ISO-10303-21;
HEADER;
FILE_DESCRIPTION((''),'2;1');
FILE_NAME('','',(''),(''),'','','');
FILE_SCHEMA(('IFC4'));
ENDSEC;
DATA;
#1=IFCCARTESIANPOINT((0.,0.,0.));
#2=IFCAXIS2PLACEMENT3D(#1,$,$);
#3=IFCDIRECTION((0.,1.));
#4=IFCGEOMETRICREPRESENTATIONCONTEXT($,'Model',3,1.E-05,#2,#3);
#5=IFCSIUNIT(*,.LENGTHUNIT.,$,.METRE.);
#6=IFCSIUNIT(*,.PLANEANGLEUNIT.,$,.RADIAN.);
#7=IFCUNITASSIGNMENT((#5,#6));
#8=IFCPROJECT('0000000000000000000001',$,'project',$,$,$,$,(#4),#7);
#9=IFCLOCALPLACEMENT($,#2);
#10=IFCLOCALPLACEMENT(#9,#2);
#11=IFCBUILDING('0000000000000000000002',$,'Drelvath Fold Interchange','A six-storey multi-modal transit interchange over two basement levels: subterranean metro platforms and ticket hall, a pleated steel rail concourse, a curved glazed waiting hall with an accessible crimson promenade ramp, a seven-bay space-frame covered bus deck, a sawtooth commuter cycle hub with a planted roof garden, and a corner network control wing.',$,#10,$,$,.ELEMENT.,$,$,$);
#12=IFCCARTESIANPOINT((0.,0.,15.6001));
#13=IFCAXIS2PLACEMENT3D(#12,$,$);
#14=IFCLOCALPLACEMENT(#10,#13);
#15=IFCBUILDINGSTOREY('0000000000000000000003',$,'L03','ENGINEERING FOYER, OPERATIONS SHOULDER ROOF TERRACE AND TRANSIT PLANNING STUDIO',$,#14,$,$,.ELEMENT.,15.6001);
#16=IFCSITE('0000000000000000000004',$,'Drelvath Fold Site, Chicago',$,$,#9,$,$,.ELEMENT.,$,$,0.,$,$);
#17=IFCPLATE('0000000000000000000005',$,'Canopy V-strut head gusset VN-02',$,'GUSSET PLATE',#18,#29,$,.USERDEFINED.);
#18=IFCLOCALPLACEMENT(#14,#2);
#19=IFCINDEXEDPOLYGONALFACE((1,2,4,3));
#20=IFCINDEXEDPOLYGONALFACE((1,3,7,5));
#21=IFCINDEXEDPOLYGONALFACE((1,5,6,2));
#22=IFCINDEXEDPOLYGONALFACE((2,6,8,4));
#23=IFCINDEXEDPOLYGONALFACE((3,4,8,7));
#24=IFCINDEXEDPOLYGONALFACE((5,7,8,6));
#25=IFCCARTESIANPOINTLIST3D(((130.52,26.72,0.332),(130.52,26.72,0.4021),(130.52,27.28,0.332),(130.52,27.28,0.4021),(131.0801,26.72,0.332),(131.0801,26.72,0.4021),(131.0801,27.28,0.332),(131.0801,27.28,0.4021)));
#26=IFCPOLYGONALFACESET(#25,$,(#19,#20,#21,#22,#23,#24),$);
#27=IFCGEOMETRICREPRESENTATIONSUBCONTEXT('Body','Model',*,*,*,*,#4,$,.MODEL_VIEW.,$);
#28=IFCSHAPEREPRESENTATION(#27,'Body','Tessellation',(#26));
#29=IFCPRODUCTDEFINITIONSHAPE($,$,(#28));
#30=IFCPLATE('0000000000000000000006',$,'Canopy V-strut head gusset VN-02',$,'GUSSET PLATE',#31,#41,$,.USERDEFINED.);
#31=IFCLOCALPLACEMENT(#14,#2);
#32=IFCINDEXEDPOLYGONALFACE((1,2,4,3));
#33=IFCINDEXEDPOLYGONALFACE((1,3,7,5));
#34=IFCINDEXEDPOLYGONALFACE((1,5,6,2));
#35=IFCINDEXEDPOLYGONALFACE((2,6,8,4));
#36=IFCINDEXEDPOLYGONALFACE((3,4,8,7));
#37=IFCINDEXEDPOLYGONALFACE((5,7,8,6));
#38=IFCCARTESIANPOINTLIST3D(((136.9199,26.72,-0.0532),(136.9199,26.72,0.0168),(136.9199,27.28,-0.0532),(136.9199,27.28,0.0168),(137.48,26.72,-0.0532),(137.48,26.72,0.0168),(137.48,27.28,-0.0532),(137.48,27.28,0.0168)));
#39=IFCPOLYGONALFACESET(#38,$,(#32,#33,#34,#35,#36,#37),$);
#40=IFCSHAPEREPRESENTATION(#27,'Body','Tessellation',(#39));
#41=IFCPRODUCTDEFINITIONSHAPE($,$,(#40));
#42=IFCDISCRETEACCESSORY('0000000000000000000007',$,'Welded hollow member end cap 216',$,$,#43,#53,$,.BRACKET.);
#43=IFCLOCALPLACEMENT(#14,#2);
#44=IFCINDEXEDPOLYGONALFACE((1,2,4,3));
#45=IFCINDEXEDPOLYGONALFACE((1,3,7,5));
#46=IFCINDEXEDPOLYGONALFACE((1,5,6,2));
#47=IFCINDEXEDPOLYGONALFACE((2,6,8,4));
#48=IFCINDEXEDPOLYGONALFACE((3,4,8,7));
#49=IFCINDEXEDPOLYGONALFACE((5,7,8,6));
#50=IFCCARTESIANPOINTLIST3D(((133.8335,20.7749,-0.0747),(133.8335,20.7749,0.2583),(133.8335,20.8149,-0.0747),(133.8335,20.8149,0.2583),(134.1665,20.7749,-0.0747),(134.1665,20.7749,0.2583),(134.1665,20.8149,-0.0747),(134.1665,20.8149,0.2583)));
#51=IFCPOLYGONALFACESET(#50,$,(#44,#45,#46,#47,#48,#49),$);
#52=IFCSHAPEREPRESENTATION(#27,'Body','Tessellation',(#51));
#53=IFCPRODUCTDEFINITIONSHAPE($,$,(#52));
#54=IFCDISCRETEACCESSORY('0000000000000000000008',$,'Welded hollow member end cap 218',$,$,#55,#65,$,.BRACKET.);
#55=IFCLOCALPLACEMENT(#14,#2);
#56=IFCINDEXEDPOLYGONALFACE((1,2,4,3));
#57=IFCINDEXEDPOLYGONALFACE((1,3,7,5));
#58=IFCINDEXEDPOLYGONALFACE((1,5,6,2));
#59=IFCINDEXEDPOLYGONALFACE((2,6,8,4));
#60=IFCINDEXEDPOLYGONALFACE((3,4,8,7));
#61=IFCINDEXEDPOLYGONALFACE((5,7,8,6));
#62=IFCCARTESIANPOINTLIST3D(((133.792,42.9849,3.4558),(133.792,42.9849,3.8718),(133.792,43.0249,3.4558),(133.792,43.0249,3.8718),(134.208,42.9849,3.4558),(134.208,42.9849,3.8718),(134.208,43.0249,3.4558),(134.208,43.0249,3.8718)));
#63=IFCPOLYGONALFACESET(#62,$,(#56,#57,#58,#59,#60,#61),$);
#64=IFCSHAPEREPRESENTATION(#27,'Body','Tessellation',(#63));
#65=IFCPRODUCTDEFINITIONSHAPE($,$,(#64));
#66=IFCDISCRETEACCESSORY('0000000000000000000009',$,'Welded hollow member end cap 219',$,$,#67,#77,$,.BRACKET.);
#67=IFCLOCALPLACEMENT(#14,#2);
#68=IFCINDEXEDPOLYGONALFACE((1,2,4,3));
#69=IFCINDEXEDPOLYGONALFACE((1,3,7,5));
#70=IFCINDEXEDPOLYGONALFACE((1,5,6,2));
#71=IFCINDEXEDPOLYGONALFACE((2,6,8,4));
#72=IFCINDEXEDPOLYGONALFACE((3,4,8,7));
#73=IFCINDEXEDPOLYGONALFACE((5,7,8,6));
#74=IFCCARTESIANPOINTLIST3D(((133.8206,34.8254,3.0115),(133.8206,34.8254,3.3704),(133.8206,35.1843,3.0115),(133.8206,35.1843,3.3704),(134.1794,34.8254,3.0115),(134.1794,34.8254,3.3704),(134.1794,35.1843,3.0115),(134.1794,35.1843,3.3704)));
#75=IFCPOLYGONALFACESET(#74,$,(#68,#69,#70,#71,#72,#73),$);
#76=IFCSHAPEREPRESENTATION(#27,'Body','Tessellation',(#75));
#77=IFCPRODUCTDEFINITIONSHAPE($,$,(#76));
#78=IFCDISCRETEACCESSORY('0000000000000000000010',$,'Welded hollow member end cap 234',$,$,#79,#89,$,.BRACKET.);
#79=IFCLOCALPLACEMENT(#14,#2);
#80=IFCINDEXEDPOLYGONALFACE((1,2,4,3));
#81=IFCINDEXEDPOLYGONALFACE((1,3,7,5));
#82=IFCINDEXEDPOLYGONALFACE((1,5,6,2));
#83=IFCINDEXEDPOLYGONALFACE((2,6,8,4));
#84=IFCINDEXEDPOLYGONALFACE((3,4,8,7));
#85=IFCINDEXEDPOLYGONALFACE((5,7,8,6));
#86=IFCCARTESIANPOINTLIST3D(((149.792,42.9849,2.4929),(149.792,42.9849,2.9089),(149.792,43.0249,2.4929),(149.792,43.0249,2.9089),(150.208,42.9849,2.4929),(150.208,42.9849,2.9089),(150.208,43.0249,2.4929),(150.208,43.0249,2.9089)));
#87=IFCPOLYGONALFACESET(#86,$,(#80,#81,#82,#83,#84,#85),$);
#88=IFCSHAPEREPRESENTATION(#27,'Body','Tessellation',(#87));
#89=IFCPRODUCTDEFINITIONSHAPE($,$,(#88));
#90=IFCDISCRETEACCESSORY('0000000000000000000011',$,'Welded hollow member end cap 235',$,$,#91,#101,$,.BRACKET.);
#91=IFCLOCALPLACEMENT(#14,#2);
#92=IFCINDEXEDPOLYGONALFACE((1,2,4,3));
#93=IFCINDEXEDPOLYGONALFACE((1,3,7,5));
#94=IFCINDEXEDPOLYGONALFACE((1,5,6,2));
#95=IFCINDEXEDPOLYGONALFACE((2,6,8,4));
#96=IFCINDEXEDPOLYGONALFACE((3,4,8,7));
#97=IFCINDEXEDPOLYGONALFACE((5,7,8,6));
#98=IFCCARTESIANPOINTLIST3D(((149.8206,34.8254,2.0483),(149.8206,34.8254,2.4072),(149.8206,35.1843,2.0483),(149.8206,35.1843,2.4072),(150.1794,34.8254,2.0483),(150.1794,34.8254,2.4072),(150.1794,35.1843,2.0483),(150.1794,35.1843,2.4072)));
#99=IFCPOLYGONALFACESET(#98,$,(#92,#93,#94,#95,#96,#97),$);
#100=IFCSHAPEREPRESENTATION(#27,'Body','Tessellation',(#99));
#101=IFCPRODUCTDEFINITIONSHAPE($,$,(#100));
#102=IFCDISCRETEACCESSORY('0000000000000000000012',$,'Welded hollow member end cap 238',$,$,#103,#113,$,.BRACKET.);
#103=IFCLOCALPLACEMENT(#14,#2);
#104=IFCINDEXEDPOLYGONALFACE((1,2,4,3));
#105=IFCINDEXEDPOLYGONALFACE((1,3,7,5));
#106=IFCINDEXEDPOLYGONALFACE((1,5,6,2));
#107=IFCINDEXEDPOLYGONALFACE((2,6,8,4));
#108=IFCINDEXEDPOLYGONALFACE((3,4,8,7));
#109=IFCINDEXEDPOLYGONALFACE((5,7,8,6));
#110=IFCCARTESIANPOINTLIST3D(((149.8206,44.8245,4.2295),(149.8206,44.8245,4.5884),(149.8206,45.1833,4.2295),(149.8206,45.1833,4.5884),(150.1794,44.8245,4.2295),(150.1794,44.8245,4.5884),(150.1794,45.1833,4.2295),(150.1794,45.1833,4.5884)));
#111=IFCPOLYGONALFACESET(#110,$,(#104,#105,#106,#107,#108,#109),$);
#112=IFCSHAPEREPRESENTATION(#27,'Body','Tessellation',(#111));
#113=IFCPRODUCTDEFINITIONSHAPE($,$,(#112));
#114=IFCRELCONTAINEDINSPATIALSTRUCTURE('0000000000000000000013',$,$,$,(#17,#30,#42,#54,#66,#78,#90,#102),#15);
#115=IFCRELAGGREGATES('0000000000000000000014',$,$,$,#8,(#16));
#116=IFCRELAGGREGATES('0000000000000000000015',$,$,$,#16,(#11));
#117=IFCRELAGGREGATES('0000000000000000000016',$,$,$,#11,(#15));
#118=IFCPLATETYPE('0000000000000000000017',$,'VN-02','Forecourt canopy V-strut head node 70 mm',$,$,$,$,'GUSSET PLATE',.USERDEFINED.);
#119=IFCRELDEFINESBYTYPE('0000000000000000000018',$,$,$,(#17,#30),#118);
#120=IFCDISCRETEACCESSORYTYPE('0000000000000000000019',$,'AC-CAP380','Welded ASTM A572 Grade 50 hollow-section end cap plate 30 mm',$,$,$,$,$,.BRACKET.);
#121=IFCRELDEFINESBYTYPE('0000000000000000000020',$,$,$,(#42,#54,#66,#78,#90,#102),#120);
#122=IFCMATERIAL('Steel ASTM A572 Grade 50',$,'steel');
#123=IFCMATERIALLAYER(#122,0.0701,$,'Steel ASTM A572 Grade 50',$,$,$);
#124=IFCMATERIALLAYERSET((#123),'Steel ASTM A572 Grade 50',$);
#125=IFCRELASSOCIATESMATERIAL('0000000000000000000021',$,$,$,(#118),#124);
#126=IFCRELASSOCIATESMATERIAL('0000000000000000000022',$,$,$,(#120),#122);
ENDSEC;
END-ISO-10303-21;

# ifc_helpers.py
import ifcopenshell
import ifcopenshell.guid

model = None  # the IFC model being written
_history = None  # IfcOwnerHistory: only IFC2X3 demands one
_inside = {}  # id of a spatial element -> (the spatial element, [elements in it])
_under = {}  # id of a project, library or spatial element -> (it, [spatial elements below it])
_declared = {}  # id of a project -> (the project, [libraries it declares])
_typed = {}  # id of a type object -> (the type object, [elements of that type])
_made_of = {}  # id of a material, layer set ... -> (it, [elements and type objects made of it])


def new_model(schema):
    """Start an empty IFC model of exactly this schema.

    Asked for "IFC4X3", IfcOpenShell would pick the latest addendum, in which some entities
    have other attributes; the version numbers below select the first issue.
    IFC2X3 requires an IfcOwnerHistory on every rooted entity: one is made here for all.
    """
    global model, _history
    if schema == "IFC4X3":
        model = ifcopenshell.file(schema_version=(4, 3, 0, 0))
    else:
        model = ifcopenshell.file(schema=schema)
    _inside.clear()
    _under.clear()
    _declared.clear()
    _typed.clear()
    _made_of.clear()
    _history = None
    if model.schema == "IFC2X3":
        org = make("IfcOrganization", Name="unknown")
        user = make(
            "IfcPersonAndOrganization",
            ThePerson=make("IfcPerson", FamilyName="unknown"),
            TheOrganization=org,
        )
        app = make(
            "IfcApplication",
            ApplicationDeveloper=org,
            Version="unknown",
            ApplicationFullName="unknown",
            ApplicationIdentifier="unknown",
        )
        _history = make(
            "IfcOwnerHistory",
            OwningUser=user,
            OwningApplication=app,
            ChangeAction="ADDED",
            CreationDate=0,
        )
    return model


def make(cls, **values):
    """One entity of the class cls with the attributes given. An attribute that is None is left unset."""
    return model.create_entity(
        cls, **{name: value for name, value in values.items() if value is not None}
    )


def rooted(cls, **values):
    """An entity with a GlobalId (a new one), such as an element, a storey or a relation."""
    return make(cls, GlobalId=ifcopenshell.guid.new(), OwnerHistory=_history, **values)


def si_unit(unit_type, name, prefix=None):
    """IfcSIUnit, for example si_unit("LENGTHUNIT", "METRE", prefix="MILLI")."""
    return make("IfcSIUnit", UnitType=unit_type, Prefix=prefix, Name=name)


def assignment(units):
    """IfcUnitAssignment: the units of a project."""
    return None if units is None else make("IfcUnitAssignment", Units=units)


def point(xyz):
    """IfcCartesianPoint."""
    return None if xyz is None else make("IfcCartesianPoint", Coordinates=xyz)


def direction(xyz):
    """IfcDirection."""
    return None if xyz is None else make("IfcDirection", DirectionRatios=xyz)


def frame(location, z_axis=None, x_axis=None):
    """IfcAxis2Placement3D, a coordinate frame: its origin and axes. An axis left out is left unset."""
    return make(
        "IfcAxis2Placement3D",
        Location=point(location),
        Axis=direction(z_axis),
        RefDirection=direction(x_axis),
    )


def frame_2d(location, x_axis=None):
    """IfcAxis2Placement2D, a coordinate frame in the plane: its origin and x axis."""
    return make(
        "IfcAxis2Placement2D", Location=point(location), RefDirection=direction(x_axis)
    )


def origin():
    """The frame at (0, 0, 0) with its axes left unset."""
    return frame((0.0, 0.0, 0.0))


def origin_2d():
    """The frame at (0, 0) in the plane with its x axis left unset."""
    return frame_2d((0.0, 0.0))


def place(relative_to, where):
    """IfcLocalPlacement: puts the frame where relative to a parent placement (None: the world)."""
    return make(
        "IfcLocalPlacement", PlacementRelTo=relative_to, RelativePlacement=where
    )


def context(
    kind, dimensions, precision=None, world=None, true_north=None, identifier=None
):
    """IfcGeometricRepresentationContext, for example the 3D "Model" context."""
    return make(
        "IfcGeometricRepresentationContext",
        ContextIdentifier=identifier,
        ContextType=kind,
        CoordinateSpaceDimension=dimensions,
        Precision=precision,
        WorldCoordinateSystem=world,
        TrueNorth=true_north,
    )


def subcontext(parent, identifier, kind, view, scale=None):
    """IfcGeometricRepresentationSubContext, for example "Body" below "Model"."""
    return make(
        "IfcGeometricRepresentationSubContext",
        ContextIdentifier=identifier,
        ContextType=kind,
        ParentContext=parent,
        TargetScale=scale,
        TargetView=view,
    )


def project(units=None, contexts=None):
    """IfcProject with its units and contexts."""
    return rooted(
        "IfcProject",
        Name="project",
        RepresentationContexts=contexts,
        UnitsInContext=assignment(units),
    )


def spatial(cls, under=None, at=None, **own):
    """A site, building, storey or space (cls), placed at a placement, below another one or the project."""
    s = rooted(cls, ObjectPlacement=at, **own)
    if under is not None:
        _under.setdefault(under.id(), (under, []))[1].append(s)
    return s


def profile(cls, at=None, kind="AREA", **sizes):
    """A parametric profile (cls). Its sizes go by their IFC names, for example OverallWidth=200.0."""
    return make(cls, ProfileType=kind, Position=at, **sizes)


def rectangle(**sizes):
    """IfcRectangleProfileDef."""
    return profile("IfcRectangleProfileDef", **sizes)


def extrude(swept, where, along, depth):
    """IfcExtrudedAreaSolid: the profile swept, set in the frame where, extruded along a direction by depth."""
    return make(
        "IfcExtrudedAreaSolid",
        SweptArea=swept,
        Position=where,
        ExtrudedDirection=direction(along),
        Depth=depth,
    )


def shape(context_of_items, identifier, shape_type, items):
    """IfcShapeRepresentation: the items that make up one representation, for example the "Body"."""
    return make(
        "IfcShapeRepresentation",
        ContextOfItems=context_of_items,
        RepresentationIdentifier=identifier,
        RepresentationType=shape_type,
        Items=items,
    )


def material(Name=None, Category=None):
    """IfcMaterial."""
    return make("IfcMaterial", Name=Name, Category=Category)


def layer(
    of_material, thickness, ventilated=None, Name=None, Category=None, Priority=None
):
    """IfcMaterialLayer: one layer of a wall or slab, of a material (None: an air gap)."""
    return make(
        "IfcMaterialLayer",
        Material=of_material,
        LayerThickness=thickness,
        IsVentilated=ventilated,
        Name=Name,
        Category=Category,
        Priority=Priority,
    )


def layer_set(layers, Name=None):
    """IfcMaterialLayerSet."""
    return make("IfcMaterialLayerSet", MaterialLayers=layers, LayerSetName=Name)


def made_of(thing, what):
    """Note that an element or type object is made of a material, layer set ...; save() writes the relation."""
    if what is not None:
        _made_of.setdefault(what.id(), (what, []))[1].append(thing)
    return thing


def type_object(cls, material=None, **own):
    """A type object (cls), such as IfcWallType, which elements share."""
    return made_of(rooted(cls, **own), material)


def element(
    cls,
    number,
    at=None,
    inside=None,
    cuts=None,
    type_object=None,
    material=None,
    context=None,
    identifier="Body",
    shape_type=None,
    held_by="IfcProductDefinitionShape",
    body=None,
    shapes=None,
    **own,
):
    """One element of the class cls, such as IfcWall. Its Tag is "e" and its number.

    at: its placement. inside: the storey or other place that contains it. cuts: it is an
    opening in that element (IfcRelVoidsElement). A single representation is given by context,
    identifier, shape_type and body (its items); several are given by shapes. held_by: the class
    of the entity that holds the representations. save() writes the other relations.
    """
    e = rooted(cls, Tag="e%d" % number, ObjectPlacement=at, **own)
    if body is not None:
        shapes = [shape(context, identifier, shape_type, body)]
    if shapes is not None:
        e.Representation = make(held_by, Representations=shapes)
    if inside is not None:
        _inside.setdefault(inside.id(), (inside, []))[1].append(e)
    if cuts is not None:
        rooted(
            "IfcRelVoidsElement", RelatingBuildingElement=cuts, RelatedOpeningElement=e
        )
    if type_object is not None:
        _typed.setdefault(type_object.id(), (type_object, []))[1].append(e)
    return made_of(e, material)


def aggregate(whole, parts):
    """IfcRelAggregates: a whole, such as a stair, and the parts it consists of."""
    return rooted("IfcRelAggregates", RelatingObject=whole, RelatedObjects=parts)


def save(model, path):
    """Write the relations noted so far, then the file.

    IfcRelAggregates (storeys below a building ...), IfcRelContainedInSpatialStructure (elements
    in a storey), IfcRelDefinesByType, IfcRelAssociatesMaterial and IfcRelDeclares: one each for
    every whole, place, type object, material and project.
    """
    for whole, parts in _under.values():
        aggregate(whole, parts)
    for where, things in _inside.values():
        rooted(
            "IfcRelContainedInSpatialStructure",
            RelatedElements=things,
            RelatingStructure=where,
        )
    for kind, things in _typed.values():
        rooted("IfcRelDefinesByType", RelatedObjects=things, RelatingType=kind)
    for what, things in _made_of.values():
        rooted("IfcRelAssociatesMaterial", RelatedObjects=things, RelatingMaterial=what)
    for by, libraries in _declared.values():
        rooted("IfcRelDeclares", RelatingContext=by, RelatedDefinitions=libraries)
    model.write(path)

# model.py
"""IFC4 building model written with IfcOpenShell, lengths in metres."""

from ifc_helpers import new_model, si_unit, direction, frame, origin, origin_2d, place, context, subcontext, project, spatial, rectangle, extrude, material, layer, layer_set, type_object, element, save


model = new_model("IFC4")

# Units and contexts
model_context = context("Model", 3, precision=1e-05, world=origin(), true_north=direction((0.0, 1.0)))
body_context = subcontext(model_context, "Body", "Model", "MODEL_VIEW")
ifc_project = project(units=[si_unit("LENGTHUNIT", "METRE"), si_unit("PLANEANGLEUNIT", "RADIAN")], contexts=[model_context])

# Site, building, storey
site_placement = place(None, origin())
site = spatial("IfcSite", under=ifc_project, at=site_placement, Name="Drelvath Fold Site, Chicago", CompositionType="ELEMENT", RefElevation=0.0)
building_placement = place(site_placement, origin())
building = spatial("IfcBuilding", under=site, at=building_placement, Name="Drelvath Fold Interchange", Description="A six-storey multi-modal transit interchange over two basement levels: subterranean metro platforms and ticket hall, a pleated steel rail concourse, a curved glazed waiting hall with an accessible crimson promenade ramp, a seven-bay space-frame covered bus deck, a sawtooth commuter cycle hub with a planted roof garden, and a corner network control wing.", CompositionType="ELEMENT")
storey_placement = place(building_placement, frame((0.0, 0.0, 15.6001)))
storey = spatial("IfcBuildingStorey", under=building, at=storey_placement, Name="L03", Description="ENGINEERING FOYER, OPERATIONS SHOULDER ROOF TERRACE AND TRANSIT PLANNING STUDIO", CompositionType="ELEMENT", Elevation=15.6001)

# Plates
ifc_material_1 = material(Name="Steel ASTM A572 Grade 50", Category="steel")
ifc_layer_1 = layer(ifc_material_1, 0.0701, Name="Steel ASTM A572 Grade 50")
ifc_layer_set_1 = layer_set([ifc_layer_1], Name="Steel ASTM A572 Grade 50")
plate_type_1 = type_object("IfcPlateType", Name="VN-02", Description="Forecourt canopy V-strut head node 70 mm", ElementType="GUSSET PLATE", PredefinedType="USERDEFINED", material=ifc_layer_set_1)
for number, where, z_axis, x_axis, name in (
    (1, (130.8, 27.0, 0.332), (0.0, 0.0, 1.0), (1.0, 0.0, 0.0), "Canopy V-strut head gusset VN-02"),
    (2, (137.2, 27.0, -0.0532), (0.0, 0.0, 1.0), (1.0, 0.0, 0.0), "Canopy V-strut head gusset VN-02"),
):
    element("IfcPlate", number, at=place(storey_placement, frame(where, z_axis=z_axis, x_axis=x_axis)), inside=storey, type_object=plate_type_1, Name=name, ObjectType="GUSSET PLATE", PredefinedType="USERDEFINED", context=body_context, shape_type="SweptSolid", body=[
        extrude(rectangle(XDim=0.5601, YDim=0.5601, at=origin_2d()), origin(), (0.0, 0.0, 1.0), 0.0701),
    ])

# Discrete accessories
discrete_accessory_type = type_object("IfcDiscreteAccessoryType", Name="AC-CAP380", Description="Welded ASTM A572 Grade 50 hollow-section end cap plate 30 mm", PredefinedType="BRACKET", material=ifc_material_1)
discrete_accessory_1_placement = place(storey_placement, frame((134.0, 20.7949, -0.0747), z_axis=(0.0, 0.0, 1.0), x_axis=(1.0, 0.0, 0.0)))
element("IfcDiscreteAccessory", 3, at=discrete_accessory_1_placement, inside=storey, type_object=discrete_accessory_type, Name="Welded hollow member end cap 216", PredefinedType="BRACKET", context=body_context, shape_type="SweptSolid", body=[
    extrude(rectangle(XDim=0.333, YDim=0.04, at=origin_2d()), origin(), (0.0, 0.0, 1.0), 0.333),
])
discrete_accessory_2_placement = place(storey_placement, frame((134.0, 43.0049, 3.4558), z_axis=(0.0, 0.0, 1.0), x_axis=(1.0, 0.0, 0.0)))
element("IfcDiscreteAccessory", 4, at=discrete_accessory_2_placement, inside=storey, type_object=discrete_accessory_type, Name="Welded hollow member end cap 218", PredefinedType="BRACKET", context=body_context, shape_type="SweptSolid", body=[
    extrude(rectangle(XDim=0.416, YDim=0.04, at=origin_2d()), origin(), (0.0, 0.0, 1.0), 0.416),
])
discrete_accessory_3_placement = place(storey_placement, frame((134.0, 35.0049, 3.0115), z_axis=(0.0, 0.0, 1.0), x_axis=(1.0, 0.0, 0.0)))
element("IfcDiscreteAccessory", 5, at=discrete_accessory_3_placement, inside=storey, type_object=discrete_accessory_type, Name="Welded hollow member end cap 219", PredefinedType="BRACKET", context=body_context, shape_type="SweptSolid", body=[
    extrude(rectangle(XDim=0.3589, YDim=0.3589, at=origin_2d()), origin(), (0.0, 0.0, 1.0), 0.3589),
])
discrete_accessory_4_placement = place(storey_placement, frame((150.0, 43.0049, 2.4929), z_axis=(0.0, 0.0, 1.0), x_axis=(1.0, 0.0, 0.0)))
element("IfcDiscreteAccessory", 6, at=discrete_accessory_4_placement, inside=storey, type_object=discrete_accessory_type, Name="Welded hollow member end cap 234", PredefinedType="BRACKET", context=body_context, shape_type="SweptSolid", body=[
    extrude(rectangle(XDim=0.416, YDim=0.04, at=origin_2d()), origin(), (0.0, 0.0, 1.0), 0.416),
])
for number, where, z_axis, x_axis, name in (
    (7, (150.0, 35.0049, 2.0483), (0.0, 0.0, 1.0), (1.0, 0.0, 0.0), "Welded hollow member end cap 235"),
    (8, (150.0, 45.0039, 4.2295), (0.0, 0.0, 1.0), (1.0, 0.0, 0.0), "Welded hollow member end cap 238"),
):
    element("IfcDiscreteAccessory", number, at=place(storey_placement, frame(where, z_axis=z_axis, x_axis=x_axis)), inside=storey, type_object=discrete_accessory_type, Name=name, PredefinedType="BRACKET", context=body_context, shape_type="SweptSolid", body=[
        extrude(rectangle(XDim=0.3589, YDim=0.3589, at=origin_2d()), origin(), (0.0, 0.0, 1.0), 0.3589),
    ])

save(model, "model.ifc")
